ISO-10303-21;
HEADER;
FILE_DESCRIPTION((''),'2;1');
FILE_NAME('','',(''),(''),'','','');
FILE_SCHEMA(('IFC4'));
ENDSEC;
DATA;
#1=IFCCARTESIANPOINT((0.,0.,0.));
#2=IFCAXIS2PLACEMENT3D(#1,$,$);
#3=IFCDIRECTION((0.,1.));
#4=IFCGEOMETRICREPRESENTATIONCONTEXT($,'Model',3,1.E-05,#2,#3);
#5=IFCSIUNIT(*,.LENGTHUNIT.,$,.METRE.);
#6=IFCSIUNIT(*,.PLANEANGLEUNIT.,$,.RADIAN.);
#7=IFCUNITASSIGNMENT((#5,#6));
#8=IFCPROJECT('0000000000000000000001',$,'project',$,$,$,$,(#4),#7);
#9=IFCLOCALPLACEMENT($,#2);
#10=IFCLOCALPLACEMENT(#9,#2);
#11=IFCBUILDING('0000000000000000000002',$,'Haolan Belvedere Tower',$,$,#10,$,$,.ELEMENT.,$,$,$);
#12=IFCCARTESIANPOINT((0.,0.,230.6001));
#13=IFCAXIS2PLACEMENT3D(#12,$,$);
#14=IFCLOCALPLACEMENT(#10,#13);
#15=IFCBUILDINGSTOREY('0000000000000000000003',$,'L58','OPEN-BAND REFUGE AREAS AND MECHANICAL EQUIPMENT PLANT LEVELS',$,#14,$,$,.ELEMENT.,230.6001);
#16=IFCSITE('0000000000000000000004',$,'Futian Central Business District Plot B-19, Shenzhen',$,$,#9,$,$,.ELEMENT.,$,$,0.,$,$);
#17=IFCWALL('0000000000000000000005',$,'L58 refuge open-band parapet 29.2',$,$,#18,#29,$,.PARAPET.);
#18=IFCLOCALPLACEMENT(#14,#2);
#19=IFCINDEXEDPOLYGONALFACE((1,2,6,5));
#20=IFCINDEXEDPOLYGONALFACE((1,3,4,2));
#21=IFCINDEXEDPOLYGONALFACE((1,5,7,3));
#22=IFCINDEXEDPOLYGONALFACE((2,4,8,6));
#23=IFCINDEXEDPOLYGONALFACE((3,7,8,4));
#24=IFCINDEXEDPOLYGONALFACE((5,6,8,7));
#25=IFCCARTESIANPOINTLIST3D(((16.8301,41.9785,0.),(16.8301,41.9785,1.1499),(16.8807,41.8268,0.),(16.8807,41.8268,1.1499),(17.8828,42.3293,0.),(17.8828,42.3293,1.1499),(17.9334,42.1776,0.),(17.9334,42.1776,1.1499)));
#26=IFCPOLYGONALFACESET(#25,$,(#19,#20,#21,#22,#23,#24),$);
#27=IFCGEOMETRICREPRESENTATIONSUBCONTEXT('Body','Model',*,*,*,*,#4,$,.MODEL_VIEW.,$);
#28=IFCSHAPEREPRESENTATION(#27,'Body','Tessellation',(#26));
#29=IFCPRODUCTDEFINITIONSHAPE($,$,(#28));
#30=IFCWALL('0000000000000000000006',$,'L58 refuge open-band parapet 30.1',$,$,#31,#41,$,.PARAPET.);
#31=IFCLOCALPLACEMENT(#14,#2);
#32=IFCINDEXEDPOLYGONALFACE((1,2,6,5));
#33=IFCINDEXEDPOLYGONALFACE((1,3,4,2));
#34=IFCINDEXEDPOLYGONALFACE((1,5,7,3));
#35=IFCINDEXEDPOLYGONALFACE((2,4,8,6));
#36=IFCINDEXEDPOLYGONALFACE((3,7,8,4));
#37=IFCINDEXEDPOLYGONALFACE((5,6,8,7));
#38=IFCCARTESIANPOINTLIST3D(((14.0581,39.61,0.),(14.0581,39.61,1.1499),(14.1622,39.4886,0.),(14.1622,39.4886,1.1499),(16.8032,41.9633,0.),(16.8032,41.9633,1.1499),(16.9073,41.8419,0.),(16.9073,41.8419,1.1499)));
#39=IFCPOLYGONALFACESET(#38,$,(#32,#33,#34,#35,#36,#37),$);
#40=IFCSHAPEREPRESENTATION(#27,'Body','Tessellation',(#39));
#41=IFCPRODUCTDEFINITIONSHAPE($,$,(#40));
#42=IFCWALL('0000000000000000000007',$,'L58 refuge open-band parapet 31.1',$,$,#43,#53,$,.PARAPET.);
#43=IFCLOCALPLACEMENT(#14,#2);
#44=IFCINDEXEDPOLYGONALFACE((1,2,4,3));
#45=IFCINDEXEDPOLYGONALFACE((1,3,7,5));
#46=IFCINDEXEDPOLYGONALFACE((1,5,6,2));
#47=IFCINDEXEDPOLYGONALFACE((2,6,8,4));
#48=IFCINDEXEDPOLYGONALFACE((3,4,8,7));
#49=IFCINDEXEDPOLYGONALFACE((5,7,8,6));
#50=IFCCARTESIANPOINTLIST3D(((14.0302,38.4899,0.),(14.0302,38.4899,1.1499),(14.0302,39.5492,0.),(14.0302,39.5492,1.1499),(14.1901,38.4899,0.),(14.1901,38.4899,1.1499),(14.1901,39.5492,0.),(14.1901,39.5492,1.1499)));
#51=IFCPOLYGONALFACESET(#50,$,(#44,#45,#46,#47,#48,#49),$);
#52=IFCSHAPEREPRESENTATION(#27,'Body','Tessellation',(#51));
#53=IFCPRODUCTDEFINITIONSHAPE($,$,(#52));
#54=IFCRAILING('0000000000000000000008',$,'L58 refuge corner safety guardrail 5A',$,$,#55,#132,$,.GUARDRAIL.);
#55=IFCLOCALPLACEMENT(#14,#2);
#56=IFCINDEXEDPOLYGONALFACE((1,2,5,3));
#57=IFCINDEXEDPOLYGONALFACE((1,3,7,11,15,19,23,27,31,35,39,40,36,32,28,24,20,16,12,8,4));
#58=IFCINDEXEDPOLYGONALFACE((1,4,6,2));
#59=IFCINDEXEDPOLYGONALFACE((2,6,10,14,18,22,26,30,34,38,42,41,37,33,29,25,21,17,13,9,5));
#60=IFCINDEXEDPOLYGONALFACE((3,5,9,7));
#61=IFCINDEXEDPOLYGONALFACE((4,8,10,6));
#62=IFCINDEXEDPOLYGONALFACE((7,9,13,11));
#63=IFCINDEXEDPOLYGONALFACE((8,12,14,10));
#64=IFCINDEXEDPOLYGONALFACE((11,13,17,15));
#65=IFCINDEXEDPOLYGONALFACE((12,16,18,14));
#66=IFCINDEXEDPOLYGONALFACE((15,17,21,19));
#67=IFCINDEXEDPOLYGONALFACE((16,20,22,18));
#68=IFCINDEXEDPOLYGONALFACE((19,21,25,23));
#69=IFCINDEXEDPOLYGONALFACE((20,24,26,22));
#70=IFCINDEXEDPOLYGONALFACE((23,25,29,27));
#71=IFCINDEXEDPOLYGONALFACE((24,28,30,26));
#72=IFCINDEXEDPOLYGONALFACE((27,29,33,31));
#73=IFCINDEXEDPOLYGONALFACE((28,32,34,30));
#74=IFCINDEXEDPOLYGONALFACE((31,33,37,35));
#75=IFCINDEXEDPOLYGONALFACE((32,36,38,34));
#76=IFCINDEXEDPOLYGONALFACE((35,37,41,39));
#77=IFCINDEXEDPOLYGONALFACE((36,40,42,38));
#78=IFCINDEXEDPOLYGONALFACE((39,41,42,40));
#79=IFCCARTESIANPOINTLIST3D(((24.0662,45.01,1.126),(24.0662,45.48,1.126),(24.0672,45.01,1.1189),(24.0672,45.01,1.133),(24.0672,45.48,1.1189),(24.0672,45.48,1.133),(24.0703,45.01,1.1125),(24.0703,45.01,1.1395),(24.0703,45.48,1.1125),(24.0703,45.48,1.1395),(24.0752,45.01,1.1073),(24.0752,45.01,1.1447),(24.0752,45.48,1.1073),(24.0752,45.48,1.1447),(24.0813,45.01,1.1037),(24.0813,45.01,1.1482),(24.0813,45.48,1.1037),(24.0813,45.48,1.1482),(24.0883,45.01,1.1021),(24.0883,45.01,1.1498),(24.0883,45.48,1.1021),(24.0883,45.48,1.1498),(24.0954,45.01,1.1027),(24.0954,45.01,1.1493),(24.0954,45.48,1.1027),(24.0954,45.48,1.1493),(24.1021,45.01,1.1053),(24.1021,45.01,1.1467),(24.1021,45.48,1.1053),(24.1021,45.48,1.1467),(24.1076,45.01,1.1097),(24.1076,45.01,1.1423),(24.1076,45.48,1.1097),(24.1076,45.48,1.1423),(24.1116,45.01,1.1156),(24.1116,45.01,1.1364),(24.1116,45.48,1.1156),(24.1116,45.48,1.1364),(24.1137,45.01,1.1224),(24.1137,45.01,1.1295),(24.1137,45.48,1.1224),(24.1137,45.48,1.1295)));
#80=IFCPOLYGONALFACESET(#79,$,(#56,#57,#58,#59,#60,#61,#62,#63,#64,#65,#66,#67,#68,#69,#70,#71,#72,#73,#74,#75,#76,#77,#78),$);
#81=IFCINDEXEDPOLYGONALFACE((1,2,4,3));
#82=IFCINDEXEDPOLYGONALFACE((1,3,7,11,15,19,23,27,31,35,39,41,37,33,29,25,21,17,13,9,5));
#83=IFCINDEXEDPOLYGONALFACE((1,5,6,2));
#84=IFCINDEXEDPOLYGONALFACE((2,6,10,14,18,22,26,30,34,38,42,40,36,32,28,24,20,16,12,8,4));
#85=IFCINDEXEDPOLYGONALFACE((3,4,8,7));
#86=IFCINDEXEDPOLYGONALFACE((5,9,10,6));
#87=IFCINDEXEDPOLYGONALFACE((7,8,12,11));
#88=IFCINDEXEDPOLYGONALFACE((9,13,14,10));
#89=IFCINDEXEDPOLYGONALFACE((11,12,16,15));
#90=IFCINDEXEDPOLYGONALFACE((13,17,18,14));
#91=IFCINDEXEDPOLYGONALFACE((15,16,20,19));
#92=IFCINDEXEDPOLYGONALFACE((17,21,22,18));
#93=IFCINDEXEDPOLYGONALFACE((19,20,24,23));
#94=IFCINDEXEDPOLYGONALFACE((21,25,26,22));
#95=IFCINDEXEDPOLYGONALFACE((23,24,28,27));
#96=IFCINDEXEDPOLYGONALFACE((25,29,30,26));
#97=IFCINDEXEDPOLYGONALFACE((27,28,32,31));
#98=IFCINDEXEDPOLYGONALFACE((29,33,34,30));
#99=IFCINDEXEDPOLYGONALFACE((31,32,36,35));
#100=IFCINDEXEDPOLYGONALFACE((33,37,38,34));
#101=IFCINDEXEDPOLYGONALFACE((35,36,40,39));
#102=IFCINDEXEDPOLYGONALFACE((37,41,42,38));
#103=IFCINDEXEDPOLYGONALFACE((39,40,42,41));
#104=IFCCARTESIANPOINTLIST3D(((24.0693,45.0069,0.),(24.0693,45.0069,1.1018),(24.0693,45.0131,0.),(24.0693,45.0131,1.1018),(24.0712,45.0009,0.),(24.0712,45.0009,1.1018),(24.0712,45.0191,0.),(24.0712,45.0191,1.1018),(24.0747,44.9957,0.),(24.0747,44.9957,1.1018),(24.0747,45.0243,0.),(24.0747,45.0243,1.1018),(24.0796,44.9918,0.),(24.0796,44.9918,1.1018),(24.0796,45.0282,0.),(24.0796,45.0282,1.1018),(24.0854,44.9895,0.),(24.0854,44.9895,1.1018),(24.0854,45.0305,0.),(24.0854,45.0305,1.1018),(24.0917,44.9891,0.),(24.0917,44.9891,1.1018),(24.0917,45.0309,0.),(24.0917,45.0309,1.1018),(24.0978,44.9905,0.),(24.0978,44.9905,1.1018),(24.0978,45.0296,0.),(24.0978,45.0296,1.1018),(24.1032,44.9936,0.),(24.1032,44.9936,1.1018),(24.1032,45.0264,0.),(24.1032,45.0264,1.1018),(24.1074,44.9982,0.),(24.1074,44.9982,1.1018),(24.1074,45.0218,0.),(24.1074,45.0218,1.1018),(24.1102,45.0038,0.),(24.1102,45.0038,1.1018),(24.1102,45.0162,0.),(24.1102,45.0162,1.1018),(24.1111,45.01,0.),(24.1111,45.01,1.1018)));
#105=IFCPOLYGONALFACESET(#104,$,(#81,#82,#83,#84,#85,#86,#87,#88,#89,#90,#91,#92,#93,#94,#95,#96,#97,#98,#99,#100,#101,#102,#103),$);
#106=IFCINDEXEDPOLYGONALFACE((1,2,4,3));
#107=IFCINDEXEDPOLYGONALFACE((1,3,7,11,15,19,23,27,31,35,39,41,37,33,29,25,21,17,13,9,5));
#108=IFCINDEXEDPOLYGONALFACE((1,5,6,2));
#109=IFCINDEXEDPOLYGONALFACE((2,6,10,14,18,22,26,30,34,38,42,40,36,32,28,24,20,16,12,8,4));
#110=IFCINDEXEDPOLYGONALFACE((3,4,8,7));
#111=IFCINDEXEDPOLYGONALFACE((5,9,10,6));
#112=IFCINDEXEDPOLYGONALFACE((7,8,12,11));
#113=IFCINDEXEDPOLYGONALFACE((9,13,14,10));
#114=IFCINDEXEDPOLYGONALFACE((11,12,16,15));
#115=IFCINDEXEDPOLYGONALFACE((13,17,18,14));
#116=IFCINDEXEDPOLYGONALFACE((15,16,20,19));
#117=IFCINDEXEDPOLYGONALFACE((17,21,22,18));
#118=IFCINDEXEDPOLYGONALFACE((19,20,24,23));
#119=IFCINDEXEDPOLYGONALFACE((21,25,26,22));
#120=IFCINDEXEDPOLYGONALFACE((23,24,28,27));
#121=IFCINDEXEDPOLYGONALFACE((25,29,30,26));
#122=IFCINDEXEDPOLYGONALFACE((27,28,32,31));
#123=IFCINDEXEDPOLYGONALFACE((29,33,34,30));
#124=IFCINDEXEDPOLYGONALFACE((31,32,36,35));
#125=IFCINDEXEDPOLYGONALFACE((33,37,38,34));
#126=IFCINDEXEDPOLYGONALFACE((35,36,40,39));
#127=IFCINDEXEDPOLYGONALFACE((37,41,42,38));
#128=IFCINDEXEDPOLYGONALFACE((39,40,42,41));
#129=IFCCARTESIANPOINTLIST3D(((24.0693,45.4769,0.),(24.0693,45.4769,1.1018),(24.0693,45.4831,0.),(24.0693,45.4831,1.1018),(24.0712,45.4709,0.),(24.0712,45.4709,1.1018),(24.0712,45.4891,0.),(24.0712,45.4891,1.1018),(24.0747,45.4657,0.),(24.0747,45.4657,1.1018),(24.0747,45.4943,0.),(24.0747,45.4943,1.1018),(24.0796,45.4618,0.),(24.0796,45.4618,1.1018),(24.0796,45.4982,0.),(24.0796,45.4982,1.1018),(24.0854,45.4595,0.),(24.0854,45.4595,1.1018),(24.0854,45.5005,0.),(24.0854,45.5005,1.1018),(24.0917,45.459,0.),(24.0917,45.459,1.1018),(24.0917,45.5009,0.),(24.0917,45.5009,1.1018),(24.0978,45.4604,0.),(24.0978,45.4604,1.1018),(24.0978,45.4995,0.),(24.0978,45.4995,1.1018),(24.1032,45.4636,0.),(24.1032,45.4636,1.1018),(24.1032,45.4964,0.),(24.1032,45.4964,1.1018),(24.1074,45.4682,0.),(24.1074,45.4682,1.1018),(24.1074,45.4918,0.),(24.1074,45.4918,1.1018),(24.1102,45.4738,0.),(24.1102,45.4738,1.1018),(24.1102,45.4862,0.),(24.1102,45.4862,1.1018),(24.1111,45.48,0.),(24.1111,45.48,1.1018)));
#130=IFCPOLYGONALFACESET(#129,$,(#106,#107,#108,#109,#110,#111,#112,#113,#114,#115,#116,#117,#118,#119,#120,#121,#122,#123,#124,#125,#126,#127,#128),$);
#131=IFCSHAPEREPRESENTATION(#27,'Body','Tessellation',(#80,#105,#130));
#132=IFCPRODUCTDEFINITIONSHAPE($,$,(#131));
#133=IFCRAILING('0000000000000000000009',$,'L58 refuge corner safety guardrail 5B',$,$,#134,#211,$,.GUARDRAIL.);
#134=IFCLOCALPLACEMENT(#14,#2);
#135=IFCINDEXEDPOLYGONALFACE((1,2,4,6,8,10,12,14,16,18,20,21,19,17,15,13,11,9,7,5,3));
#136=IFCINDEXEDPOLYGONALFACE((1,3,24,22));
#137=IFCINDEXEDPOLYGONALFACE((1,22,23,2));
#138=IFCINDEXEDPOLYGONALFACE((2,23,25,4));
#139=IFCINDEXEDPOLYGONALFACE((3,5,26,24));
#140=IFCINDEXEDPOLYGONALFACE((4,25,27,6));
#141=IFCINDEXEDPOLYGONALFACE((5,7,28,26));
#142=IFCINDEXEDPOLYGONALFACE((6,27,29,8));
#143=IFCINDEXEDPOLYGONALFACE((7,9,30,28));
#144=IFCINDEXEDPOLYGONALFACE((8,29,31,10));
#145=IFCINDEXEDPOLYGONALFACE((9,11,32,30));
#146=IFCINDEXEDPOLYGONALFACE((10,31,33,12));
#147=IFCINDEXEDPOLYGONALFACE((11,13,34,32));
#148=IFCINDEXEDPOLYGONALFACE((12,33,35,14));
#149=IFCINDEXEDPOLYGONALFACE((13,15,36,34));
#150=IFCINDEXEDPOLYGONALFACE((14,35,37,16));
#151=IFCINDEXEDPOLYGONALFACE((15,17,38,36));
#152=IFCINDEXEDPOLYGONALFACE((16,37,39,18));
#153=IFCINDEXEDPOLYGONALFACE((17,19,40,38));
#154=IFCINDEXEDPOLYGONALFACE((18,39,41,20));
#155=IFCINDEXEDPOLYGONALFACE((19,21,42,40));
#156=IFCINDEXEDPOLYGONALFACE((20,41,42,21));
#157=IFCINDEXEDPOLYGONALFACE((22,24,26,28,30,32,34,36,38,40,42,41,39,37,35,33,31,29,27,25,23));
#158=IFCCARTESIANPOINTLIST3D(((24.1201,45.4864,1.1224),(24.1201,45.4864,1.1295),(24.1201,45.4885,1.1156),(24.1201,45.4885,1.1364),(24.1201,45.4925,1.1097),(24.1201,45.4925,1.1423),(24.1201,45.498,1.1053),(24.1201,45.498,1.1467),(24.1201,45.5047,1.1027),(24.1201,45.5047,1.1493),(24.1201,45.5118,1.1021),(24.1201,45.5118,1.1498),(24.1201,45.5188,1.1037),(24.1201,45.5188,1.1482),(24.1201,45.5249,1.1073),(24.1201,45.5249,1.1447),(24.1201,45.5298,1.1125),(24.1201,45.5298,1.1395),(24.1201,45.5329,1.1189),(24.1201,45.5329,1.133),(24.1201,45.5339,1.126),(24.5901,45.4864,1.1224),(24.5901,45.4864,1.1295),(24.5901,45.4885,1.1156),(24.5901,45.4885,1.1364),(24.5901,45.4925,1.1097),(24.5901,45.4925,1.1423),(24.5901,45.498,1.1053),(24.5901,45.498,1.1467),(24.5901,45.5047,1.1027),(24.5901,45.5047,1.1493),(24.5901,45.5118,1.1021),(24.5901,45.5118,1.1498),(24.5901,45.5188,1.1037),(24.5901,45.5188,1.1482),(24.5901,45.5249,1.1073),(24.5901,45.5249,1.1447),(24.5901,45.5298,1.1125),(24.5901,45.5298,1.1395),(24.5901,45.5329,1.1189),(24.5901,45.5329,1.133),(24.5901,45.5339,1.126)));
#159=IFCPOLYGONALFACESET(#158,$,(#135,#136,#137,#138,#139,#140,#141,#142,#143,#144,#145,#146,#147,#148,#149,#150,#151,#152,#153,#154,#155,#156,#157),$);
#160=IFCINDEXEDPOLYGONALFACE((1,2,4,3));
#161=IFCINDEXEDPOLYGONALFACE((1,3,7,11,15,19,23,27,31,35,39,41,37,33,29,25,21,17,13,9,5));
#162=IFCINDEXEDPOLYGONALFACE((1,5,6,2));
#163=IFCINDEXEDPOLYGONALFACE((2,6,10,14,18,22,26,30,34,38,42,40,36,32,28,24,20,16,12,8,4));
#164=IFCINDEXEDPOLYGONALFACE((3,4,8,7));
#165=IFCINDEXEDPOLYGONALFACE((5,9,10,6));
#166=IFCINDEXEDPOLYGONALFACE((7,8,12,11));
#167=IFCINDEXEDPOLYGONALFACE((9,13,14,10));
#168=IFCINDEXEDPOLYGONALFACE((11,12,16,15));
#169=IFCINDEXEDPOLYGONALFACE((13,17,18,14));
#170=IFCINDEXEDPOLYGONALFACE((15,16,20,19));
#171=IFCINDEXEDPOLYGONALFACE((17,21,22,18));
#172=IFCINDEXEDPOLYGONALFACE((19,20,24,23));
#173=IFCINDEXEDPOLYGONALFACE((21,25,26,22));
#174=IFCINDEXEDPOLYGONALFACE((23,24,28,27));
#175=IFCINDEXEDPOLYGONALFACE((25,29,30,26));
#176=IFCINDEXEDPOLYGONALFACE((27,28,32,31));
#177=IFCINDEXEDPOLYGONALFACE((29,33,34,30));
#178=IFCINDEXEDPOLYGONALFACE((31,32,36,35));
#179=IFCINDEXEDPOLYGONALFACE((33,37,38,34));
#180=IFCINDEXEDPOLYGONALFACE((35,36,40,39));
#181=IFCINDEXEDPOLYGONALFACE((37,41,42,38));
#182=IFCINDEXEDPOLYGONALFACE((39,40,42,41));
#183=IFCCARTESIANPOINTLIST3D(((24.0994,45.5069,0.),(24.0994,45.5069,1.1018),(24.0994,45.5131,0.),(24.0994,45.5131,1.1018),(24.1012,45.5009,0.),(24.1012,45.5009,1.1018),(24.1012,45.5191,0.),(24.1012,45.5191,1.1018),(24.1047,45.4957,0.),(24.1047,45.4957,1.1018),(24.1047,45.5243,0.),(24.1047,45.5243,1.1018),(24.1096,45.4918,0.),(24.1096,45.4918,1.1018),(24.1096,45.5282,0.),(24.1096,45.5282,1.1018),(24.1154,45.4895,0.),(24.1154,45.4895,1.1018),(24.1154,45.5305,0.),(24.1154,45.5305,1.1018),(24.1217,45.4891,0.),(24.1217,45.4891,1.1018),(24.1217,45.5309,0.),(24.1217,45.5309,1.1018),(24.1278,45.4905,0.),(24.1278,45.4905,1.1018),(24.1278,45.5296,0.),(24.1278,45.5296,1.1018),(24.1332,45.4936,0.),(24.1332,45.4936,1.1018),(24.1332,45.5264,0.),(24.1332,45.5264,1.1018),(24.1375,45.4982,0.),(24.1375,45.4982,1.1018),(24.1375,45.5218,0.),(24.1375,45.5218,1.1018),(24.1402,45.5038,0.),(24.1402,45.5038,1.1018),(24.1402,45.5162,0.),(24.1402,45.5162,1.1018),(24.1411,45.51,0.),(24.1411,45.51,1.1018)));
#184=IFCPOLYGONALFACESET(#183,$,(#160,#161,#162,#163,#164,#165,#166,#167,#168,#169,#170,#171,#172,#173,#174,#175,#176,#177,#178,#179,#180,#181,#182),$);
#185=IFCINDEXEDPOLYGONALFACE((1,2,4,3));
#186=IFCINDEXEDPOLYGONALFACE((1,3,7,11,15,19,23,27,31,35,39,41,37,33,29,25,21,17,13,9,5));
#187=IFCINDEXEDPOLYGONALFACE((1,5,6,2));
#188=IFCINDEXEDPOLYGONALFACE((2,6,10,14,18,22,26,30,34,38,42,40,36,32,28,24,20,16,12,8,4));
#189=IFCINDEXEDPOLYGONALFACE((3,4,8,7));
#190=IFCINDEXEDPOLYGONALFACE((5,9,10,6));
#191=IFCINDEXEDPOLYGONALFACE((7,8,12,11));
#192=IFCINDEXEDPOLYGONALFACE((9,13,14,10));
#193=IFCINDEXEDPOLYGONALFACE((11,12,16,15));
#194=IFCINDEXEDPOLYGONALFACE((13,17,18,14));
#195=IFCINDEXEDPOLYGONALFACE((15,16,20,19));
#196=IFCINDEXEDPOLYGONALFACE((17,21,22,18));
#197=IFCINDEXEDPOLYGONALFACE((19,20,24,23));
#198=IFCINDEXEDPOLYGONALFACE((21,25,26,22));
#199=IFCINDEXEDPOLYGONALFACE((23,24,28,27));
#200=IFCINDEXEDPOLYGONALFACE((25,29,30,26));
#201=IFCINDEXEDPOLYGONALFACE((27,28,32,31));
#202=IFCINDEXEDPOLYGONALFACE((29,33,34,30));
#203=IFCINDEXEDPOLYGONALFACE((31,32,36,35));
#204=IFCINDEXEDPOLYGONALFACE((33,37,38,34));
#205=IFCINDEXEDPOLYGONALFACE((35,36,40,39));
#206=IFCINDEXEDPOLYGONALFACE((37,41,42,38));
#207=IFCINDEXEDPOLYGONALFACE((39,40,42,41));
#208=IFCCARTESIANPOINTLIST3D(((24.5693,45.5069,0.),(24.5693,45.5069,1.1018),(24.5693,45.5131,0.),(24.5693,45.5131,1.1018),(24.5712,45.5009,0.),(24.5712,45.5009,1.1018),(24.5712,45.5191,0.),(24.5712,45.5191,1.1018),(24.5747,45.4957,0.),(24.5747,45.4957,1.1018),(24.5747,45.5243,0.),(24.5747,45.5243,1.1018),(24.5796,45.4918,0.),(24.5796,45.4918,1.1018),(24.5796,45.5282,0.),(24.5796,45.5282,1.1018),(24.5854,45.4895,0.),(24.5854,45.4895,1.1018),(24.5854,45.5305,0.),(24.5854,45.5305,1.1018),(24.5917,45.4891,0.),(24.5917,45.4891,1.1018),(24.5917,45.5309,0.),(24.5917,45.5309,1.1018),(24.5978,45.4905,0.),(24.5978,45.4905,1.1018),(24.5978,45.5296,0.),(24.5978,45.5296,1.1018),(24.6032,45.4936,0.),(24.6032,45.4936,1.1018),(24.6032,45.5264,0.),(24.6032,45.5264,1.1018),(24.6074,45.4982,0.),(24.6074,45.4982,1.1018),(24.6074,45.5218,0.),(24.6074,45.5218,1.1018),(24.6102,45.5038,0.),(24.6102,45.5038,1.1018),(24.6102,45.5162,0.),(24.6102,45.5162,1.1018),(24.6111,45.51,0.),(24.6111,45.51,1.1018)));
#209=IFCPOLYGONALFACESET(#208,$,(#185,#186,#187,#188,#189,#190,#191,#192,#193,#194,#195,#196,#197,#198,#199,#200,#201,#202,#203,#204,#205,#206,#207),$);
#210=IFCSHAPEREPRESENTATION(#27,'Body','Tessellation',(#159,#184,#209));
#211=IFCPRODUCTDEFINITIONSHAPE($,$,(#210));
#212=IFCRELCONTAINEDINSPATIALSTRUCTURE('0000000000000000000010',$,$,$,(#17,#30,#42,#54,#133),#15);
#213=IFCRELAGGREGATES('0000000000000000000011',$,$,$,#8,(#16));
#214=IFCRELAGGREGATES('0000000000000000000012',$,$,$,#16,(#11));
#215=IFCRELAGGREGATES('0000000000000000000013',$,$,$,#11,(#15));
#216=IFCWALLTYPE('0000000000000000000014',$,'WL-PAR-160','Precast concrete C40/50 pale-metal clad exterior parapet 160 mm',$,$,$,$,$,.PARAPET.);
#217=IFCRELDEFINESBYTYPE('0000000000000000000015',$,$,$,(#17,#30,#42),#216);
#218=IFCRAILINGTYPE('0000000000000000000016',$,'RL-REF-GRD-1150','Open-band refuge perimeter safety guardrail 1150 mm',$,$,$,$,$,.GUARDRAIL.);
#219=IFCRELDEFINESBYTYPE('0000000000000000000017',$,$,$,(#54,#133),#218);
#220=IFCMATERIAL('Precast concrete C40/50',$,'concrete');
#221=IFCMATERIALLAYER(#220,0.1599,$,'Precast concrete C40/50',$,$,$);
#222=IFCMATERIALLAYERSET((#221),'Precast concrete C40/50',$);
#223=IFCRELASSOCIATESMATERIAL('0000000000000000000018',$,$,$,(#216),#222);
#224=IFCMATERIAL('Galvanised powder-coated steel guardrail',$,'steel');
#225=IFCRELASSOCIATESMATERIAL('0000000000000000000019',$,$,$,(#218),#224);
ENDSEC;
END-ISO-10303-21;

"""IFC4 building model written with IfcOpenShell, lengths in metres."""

from ifc_helpers import new_model, si_unit, direction, frame, frame_2d, origin, origin_2d, place, context, subcontext, project, spatial, rectangle, circle, extrude, material, layer, layer_set, type_object, element, save


model = new_model("IFC4")

# Units and contexts
model_context = context("Model", 3, precision=1e-05, world=origin(), true_north=direction((0.0, 1.0)))
body_context = subcontext(model_context, "Body", "Model", "MODEL_VIEW")
ifc_project = project(units=[si_unit("LENGTHUNIT", "METRE"), si_unit("PLANEANGLEUNIT", "RADIAN")], contexts=[model_context])

# Site, building, storey
site_placement = place(None, origin())
site = spatial("IfcSite", under=ifc_project, at=site_placement, Name="Futian Central Business District Plot B-19, Shenzhen", CompositionType="ELEMENT", RefElevation=0.0)
building_placement = place(site_placement, origin())
building = spatial("IfcBuilding", under=site, at=building_placement, Name="Haolan Belvedere Tower", CompositionType="ELEMENT")
storey_placement = place(building_placement, frame((0.0, 0.0, 230.6001)))
storey = spatial("IfcBuildingStorey", under=building, at=storey_placement, Name="L58", Description="OPEN-BAND REFUGE AREAS AND MECHANICAL EQUIPMENT PLANT LEVELS", CompositionType="ELEMENT", Elevation=230.6001)

# Walls
ifc_material_1 = material(Name="Precast concrete C40/50", Category="concrete")
ifc_layer_1 = layer(ifc_material_1, 0.1599, Name="Precast concrete C40/50")
ifc_layer_set_1 = layer_set([ifc_layer_1], Name="Precast concrete C40/50")
wall_type = type_object("IfcWallType", Name="WL-PAR-160", Description="Precast concrete C40/50 pale-metal clad exterior parapet 160 mm", PredefinedType="PARAPET", material=ifc_layer_set_1)
wall_1_placement = place(storey_placement, frame((17.908, 42.2534, 0.0), z_axis=(0.0, 0.0, 1.0), x_axis=(-0.948705, -0.316162, 0.0)))
element("IfcWall", 1, at=wall_1_placement, inside=storey, type_object=wall_type, Name="L58 refuge open-band parapet 29.2", PredefinedType="PARAPET", context=body_context, shape_type="SweptSolid", body=[
    extrude(rectangle(XDim=1.1096, YDim=0.1599, at=frame_2d((0.5547, 0.0))), origin(), (0.0, 0.0, 1.0), 1.1499),
])
wall_2_placement = place(storey_placement, frame((16.8552, 41.9026, 0.0), z_axis=(0.0, 0.0, 1.0), x_axis=(-0.759214, -0.650841, 0.0)))
element("IfcWall", 2, at=wall_2_placement, inside=storey, type_object=wall_type, Name="L58 refuge open-band parapet 30.1", PredefinedType="PARAPET", context=body_context, shape_type="SweptSolid", body=[
    extrude(rectangle(XDim=3.6157, YDim=0.1599, at=frame_2d((1.8079, 0.0))), origin(), (0.0, 0.0, 1.0), 1.1499),
])
wall_3_placement = place(storey_placement, frame((14.1101, 39.5493, 0.0), z_axis=(0.0, 0.0, 1.0), x_axis=(0.0, -1.0, 0.0)))
element("IfcWall", 3, at=wall_3_placement, inside=storey, type_object=wall_type, Name="L58 refuge open-band parapet 31.1", PredefinedType="PARAPET", context=body_context, shape_type="SweptSolid", body=[
    extrude(rectangle(XDim=1.0593, YDim=0.1599, at=frame_2d((0.5298, 0.0))), origin(), (0.0, 0.0, 1.0), 1.1499),
])

# Railings
ifc_material_2 = material(Name="Galvanised powder-coated steel guardrail", Category="steel")
railing_type = type_object("IfcRailingType", Name="RL-REF-GRD-1150", Description="Open-band refuge perimeter safety guardrail 1150 mm", PredefinedType="GUARDRAIL", material=ifc_material_2)
railing_1_placement = place(storey_placement, frame((24.0901, 45.01, 0.0)))
element("IfcRailing", 4, at=railing_1_placement, inside=storey, type_object=railing_type, Name="L58 refuge corner safety guardrail 5A", PredefinedType="GUARDRAIL", context=body_context, shape_type="SweptSolid", body=[
    extrude(circle(Radius=0.0239, at=origin_2d()), frame((0.0, 0.0, 1.126), z_axis=(0.0, 1.0, 0.0), x_axis=(-1.0, 0.0, 0.0)), (0.0, 0.0, 1.0), 0.47),
    extrude(circle(Radius=0.021, at=origin_2d()), origin(), (0.0, 0.0, 1.0), 1.1018),
    extrude(circle(Radius=0.021, at=origin_2d()), frame((0.0, 0.47, 0.0)), (0.0, 0.0, 1.0), 1.1018),
])
railing_2_placement = place(storey_placement, frame((24.1201, 45.51, 0.0)))
element("IfcRailing", 5, at=railing_2_placement, inside=storey, type_object=railing_type, Name="L58 refuge corner safety guardrail 5B", PredefinedType="GUARDRAIL", context=body_context, shape_type="SweptSolid", body=[
    extrude(circle(Radius=0.0239, at=origin_2d()), frame((0.0, 0.0, 1.126), z_axis=(1.0, 0.0, 0.0), x_axis=(0.0, 1.0, 0.0)), (0.0, 0.0, 1.0), 0.47),
    extrude(circle(Radius=0.021, at=origin_2d()), origin(), (0.0, 0.0, 1.0), 1.1018),
    extrude(circle(Radius=0.021, at=origin_2d()), frame((0.47, 0.0, 0.0)), (0.0, 0.0, 1.0), 1.1018),
])

save(model, "model.ifc")
